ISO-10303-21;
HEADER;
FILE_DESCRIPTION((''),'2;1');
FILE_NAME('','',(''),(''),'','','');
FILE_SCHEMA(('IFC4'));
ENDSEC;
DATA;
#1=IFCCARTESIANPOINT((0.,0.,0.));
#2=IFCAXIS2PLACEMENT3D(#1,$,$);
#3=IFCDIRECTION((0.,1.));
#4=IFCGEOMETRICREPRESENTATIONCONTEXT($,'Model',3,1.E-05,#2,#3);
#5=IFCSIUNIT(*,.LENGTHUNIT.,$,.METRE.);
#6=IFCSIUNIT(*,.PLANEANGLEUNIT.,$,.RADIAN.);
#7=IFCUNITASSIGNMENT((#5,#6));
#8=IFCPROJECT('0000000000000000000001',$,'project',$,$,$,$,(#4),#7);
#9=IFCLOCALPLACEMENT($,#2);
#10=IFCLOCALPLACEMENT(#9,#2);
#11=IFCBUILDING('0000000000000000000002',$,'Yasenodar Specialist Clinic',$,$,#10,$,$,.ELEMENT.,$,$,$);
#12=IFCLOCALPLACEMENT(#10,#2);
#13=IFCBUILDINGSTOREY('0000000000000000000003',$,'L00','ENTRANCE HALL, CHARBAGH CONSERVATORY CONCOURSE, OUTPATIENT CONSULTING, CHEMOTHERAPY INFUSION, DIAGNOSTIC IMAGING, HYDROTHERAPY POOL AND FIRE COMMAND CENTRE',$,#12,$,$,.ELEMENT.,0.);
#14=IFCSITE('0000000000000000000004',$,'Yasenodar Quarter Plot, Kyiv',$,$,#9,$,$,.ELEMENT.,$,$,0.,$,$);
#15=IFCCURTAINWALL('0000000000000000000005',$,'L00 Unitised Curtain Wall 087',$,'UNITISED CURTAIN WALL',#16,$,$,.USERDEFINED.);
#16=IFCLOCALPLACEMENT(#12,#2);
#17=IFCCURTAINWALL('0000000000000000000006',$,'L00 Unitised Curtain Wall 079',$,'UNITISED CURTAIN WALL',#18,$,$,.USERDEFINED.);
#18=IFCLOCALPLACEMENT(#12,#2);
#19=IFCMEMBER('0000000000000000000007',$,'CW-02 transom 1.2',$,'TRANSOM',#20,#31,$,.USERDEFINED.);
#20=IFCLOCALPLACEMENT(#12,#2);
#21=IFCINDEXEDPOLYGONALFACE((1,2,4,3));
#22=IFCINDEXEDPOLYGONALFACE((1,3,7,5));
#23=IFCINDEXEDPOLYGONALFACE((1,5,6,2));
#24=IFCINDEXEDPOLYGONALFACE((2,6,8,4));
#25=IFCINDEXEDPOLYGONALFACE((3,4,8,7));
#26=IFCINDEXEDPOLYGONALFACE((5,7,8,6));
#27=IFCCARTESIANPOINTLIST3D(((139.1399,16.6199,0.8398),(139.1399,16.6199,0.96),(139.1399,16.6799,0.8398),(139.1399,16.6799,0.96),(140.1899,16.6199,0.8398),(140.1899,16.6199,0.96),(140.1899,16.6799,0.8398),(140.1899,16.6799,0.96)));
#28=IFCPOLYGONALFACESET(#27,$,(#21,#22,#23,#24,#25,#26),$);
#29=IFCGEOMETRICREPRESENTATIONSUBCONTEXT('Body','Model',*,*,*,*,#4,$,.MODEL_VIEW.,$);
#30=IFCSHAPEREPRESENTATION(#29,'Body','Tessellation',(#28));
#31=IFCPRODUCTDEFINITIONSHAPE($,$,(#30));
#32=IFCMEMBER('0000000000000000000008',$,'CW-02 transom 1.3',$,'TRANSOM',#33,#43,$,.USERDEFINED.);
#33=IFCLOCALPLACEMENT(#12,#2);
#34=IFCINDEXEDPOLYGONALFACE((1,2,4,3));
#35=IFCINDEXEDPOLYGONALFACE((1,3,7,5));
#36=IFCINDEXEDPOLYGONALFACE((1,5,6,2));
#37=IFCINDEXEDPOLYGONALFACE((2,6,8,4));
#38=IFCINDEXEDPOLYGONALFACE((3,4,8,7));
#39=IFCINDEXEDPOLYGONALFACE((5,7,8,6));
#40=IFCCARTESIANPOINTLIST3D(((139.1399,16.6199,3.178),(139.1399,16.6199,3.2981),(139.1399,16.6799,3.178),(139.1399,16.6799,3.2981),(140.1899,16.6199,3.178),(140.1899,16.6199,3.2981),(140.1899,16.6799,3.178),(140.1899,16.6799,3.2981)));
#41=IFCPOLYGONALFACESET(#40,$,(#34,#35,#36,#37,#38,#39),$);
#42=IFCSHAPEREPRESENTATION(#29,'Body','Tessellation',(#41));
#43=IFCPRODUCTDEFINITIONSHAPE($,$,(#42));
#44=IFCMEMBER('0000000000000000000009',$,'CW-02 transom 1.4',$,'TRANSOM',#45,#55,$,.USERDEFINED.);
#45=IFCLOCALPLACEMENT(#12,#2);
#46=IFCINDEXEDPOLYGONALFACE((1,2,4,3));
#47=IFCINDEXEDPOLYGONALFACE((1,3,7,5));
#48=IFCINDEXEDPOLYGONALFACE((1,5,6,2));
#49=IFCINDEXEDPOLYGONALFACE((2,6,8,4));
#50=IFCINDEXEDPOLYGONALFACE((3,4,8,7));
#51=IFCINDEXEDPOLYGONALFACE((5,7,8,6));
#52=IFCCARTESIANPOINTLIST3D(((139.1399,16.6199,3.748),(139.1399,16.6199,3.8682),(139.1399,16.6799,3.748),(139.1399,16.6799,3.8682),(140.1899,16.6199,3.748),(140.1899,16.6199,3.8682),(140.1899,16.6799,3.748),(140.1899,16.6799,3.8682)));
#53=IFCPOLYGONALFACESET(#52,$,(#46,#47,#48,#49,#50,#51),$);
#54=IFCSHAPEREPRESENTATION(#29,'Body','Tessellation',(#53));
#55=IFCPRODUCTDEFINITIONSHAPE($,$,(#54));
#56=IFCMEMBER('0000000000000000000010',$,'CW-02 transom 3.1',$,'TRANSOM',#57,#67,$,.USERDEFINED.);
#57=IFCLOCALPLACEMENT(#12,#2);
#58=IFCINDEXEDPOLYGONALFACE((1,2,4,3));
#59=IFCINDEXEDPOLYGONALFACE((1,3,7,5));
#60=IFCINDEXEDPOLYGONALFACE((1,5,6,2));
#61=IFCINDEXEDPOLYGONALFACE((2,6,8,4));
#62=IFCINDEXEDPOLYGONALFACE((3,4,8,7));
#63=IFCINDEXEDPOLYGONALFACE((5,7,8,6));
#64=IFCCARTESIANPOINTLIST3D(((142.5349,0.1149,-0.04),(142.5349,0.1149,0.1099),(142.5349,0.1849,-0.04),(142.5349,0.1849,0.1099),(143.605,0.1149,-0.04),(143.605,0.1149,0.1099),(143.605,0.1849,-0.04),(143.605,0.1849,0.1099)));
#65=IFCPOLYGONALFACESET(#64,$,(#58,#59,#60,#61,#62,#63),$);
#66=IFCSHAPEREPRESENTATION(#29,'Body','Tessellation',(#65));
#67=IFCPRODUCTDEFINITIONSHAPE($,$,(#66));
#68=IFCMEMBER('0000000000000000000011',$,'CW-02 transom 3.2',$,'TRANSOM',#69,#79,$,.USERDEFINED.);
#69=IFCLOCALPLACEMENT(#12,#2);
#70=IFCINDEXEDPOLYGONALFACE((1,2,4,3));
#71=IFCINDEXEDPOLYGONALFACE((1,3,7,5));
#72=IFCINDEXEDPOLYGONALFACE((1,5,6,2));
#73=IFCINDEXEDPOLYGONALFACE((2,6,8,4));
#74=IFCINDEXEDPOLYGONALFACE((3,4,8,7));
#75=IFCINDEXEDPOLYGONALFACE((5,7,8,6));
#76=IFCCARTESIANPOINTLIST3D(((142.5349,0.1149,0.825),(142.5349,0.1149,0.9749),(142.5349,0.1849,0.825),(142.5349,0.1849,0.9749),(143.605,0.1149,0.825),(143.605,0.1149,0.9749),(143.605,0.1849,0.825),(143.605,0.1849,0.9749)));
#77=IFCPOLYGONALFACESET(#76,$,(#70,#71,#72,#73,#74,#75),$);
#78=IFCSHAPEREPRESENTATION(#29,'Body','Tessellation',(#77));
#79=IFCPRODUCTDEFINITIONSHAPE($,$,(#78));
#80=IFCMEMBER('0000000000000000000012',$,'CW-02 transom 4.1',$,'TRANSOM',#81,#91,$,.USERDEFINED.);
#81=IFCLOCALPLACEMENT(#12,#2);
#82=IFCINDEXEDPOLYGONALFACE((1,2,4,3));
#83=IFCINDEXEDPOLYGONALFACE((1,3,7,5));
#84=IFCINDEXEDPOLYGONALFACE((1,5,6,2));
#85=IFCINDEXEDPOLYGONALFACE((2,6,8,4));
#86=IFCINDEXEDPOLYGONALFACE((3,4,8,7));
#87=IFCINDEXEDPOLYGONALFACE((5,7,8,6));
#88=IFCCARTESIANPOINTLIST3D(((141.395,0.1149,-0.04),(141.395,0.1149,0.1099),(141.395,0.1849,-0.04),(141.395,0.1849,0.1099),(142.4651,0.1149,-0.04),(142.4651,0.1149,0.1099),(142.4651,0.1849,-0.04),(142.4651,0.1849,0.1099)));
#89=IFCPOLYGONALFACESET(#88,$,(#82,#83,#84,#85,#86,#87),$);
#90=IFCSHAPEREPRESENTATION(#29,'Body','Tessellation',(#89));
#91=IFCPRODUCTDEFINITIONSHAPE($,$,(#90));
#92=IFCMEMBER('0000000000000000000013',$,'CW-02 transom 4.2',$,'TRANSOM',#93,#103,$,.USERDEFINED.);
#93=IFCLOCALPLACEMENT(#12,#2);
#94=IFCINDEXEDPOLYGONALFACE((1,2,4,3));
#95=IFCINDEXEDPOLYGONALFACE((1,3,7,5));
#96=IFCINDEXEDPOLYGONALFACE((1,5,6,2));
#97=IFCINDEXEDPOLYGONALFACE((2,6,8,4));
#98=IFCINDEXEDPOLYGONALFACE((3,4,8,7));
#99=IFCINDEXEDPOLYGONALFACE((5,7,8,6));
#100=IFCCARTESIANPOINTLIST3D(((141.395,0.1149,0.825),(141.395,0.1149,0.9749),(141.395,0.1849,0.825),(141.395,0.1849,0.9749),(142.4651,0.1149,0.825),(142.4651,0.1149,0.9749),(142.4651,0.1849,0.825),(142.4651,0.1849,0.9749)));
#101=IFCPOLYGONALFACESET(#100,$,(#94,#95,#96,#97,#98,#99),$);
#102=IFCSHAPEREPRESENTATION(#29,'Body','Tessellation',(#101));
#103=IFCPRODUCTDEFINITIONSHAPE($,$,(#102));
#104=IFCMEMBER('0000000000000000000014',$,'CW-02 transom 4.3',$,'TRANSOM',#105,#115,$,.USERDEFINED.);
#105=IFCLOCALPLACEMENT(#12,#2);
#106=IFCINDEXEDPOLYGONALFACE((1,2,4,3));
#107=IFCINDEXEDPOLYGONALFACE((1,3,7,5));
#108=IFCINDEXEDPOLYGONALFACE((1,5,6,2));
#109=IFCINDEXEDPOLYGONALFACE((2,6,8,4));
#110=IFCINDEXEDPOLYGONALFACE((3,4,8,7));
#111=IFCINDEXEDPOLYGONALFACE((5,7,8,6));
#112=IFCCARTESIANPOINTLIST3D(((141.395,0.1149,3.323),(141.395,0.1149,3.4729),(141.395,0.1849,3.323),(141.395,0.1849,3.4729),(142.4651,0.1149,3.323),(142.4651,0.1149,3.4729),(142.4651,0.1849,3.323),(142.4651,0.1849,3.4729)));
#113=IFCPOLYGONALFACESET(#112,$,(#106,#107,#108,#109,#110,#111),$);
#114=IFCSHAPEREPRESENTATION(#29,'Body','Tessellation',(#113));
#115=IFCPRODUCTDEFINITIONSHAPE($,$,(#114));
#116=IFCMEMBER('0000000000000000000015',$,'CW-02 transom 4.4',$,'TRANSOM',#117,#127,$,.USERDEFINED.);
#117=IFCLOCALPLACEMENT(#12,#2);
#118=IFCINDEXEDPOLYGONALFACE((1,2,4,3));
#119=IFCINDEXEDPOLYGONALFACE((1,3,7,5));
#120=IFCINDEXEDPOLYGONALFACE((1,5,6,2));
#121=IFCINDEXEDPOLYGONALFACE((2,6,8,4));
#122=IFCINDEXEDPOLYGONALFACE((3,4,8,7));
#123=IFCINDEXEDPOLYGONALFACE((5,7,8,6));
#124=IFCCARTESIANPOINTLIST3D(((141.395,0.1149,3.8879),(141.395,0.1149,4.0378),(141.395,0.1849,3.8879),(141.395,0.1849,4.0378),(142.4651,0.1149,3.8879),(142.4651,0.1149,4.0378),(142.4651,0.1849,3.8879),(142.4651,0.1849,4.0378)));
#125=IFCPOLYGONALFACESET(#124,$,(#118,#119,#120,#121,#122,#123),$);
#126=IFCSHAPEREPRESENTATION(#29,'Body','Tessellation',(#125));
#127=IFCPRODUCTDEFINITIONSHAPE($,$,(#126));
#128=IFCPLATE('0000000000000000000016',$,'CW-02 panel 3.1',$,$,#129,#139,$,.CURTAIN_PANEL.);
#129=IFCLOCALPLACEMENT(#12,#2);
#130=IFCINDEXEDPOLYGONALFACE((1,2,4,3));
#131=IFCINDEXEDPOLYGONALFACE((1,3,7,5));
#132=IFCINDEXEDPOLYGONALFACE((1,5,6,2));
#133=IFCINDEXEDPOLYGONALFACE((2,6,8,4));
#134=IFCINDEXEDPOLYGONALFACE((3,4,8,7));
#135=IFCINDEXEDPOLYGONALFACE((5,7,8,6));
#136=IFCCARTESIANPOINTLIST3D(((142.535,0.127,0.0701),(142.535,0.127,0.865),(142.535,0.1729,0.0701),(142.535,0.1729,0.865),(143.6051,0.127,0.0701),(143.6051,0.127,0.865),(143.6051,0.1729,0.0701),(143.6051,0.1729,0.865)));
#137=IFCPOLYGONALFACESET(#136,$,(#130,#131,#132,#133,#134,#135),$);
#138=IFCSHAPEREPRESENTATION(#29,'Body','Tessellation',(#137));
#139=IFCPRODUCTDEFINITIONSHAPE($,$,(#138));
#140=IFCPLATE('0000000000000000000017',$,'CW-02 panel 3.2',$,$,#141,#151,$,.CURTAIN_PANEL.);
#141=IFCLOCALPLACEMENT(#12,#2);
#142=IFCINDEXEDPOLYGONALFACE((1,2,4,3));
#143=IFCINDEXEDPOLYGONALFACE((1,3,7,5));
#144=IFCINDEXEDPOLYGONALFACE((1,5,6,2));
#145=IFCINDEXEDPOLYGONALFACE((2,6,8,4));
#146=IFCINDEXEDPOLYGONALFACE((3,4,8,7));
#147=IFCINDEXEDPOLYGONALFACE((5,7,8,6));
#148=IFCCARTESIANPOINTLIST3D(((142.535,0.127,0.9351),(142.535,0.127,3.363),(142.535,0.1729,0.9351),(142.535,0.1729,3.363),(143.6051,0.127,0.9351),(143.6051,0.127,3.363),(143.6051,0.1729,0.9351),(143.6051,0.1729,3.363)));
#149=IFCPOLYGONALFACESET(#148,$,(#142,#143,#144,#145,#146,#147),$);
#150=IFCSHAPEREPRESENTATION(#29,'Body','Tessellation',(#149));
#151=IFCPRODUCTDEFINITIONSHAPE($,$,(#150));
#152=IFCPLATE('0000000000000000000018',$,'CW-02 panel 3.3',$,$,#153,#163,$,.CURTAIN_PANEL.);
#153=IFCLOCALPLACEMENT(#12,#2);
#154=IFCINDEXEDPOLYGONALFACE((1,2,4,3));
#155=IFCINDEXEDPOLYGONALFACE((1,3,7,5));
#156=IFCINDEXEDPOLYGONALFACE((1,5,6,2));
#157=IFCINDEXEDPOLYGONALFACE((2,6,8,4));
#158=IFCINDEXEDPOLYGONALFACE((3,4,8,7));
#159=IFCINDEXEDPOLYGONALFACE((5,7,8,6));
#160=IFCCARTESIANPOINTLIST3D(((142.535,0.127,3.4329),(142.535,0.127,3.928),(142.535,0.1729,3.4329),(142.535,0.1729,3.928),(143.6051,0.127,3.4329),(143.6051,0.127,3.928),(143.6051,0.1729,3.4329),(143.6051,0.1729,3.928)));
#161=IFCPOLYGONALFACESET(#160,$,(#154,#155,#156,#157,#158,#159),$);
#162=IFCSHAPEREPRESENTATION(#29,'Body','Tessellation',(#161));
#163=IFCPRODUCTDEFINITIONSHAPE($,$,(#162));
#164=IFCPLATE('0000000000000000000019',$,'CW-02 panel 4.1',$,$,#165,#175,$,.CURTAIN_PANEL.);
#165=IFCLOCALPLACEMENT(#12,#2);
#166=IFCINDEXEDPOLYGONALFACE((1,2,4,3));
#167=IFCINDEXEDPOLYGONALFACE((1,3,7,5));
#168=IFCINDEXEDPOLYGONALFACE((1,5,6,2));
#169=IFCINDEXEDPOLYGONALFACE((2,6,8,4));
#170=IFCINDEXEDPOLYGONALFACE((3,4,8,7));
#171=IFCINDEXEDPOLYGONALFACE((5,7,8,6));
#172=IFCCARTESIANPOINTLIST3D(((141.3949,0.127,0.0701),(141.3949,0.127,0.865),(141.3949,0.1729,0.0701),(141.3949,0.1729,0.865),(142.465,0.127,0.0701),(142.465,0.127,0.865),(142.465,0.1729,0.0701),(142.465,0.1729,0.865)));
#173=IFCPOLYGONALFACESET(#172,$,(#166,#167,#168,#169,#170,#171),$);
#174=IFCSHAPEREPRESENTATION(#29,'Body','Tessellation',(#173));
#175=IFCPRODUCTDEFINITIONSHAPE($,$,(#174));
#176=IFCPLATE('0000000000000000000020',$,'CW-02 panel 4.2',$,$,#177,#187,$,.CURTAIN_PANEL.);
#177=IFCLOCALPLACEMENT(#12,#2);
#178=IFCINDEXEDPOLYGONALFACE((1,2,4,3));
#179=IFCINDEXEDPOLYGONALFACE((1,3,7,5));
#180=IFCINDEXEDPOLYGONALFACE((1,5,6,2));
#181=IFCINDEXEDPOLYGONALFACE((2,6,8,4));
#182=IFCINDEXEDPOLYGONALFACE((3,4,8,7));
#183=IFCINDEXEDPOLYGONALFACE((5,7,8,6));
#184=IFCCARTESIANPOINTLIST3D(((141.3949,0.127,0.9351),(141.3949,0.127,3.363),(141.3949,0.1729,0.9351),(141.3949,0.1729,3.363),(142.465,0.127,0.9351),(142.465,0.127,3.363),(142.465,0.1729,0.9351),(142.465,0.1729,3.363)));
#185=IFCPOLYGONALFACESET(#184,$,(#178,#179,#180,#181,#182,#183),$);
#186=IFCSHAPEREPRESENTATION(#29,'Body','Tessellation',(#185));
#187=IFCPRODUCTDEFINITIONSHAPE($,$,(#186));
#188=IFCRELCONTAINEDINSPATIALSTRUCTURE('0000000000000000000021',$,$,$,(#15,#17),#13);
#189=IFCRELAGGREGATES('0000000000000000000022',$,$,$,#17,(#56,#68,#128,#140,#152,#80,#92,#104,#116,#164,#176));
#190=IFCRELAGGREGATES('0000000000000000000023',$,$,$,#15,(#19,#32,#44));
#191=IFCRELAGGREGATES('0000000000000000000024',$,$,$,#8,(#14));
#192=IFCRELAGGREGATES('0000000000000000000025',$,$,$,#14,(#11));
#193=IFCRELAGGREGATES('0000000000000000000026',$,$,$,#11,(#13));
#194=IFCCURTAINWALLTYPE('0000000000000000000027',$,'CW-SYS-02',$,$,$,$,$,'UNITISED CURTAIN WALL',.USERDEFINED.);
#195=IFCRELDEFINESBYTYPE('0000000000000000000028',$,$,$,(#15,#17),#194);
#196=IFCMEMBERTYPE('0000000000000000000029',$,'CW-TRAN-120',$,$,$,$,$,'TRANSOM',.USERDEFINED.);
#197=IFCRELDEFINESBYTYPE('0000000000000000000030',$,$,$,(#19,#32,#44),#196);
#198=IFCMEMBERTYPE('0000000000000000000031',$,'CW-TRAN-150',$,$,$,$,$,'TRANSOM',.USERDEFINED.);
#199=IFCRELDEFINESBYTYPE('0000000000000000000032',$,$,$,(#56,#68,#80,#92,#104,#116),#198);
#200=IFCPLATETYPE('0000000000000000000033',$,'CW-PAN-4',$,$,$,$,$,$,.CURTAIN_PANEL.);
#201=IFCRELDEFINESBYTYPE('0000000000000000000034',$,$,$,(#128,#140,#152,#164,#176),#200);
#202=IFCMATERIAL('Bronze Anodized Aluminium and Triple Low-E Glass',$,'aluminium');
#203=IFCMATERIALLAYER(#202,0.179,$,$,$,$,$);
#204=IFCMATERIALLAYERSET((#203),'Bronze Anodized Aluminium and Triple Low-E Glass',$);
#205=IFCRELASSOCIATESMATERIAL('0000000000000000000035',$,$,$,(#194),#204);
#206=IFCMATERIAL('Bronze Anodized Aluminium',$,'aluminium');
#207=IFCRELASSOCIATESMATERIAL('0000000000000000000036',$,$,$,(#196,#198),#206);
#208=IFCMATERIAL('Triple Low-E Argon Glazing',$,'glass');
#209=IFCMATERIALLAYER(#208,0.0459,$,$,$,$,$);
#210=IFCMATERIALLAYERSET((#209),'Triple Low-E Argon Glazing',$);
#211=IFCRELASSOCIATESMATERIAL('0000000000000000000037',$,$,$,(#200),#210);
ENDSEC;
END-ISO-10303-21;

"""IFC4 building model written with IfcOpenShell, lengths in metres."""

from ifc_helpers import new_model, si_unit, direction, frame, origin, origin_2d, place, context, subcontext, project, spatial, rectangle, extrude, material, layer, layer_set, material_profile, profile_set, type_object, element, aggregate, save


model = new_model("IFC4")

# Units and contexts
model_context = context("Model", 3, precision=1e-05, world=origin(), true_north=direction((0.0, 1.0)))
body_context = subcontext(model_context, "Body", "Model", "MODEL_VIEW")
ifc_project = project(units=[si_unit("LENGTHUNIT", "METRE"), si_unit("PLANEANGLEUNIT", "RADIAN")], contexts=[model_context])

# Site, building, storey
site_placement = place(None, origin())
site = spatial("IfcSite", under=ifc_project, at=site_placement, Name="Yasenodar Quarter Plot, Kyiv", CompositionType="ELEMENT", RefElevation=0.0)
building_placement = place(site_placement, origin())
building = spatial("IfcBuilding", under=site, at=building_placement, Name="Yasenodar Specialist Clinic", CompositionType="ELEMENT")
storey_placement = place(building_placement, origin())
storey = spatial("IfcBuildingStorey", under=building, at=storey_placement, Name="L00", Description="ENTRANCE HALL, CHARBAGH CONSERVATORY CONCOURSE, OUTPATIENT CONSULTING, CHEMOTHERAPY INFUSION, DIAGNOSTIC IMAGING, HYDROTHERAPY POOL AND FIRE COMMAND CENTRE", CompositionType="ELEMENT", Elevation=0.0)

# Curtain walls
ifc_material_1 = material(Name="Bronze Anodized Aluminium and Triple Low-E Glass", Category="aluminium")
ifc_layer_1 = layer(ifc_material_1, 0.179)
ifc_layer_set_1 = layer_set([ifc_layer_1], Name="Bronze Anodized Aluminium and Triple Low-E Glass")
curtain_wall_type = type_object("IfcCurtainWallType", Name="CW-SYS-02", ElementType="UNITISED CURTAIN WALL", PredefinedType="USERDEFINED", material=ifc_layer_set_1)
curtain_wall_1_placement = place(storey_placement, origin())
curtain_wall_1 = element("IfcCurtainWall", 1, at=curtain_wall_1_placement, inside=storey, type_object=curtain_wall_type, Name="L00 Unitised Curtain Wall 087", ObjectType="UNITISED CURTAIN WALL", PredefinedType="USERDEFINED")
ifc_material_2 = material(Name="Bronze Anodized Aluminium", Category="aluminium")
curtain_wall_2_placement = place(storey_placement, origin())
curtain_wall_2 = element("IfcCurtainWall", 2, at=curtain_wall_2_placement, inside=storey, type_object=curtain_wall_type, Name="L00 Unitised Curtain Wall 079", ObjectType="UNITISED CURTAIN WALL", PredefinedType="USERDEFINED")

# Members
ifc_material_profile_1 = material_profile(ifc_material_2, rectangle(XDim=0.0601, YDim=0.1201, at=origin_2d()), Name="CW-TRAN 60x120")
ifc_profile_set_1 = profile_set([ifc_material_profile_1], Name="Bronze Anodized Aluminium")
member_type_1 = type_object("IfcMemberType", Name="CW-TRAN-120", ElementType="TRANSOM", PredefinedType="USERDEFINED", material=ifc_profile_set_1)
member_1_placement = place(storey_placement, frame((139.1399, 16.6499, 0.8999), z_axis=(1.0, 0.0, 0.0), x_axis=(0.0, 1.0, 0.0)))
member_1 = element("IfcMember", 3, at=member_1_placement, type_object=member_type_1, Name="CW-02 transom 1.2", ObjectType="TRANSOM", PredefinedType="USERDEFINED", context=body_context, shape_type="SweptSolid", body=[
    extrude(rectangle(XDim=0.0601, YDim=0.1201, at=origin_2d()), origin(), (0.0, 0.0, 1.0), 1.05),
])
member_2_placement = place(storey_placement, frame((139.1399, 16.6499, 3.238), z_axis=(1.0, 0.0, 0.0), x_axis=(0.0, 1.0, 0.0)))
member_2 = element("IfcMember", 4, at=member_2_placement, type_object=member_type_1, Name="CW-02 transom 1.3", ObjectType="TRANSOM", PredefinedType="USERDEFINED", context=body_context, shape_type="SweptSolid", body=[
    extrude(rectangle(XDim=0.0601, YDim=0.1201, at=origin_2d()), origin(), (0.0, 0.0, 1.0), 1.05),
])
member_3_placement = place(storey_placement, frame((139.1399, 16.6499, 3.8081), z_axis=(1.0, 0.0, 0.0), x_axis=(0.0, 1.0, 0.0)))
member_3 = element("IfcMember", 5, at=member_3_placement, type_object=member_type_1, Name="CW-02 transom 1.4", ObjectType="TRANSOM", PredefinedType="USERDEFINED", context=body_context, shape_type="SweptSolid", body=[
    extrude(rectangle(XDim=0.0601, YDim=0.1201, at=origin_2d()), origin(), (0.0, 0.0, 1.0), 1.05),
])
ifc_material_profile_2 = material_profile(ifc_material_2, rectangle(XDim=0.0701, YDim=0.1499, at=origin_2d()), Name="CW-TRAN 70x150")
ifc_profile_set_2 = profile_set([ifc_material_profile_2], Name="Bronze Anodized Aluminium")
member_type_2 = type_object("IfcMemberType", Name="CW-TRAN-150", ElementType="TRANSOM", PredefinedType="USERDEFINED", material=ifc_profile_set_2)
member_4_placement = place(storey_placement, frame((143.605, 0.1499, 0.0349), z_axis=(-1.0, 0.0, 0.0), x_axis=(0.0, -1.0, 0.0)))
member_4 = element("IfcMember", 6, at=member_4_placement, type_object=member_type_2, Name="CW-02 transom 3.1", ObjectType="TRANSOM", PredefinedType="USERDEFINED", context=body_context, shape_type="SweptSolid", body=[
    extrude(rectangle(XDim=0.0701, YDim=0.1499, at=origin_2d()), origin(), (0.0, 0.0, 1.0), 1.0701),
])
member_5_placement = place(storey_placement, frame((143.605, 0.1499, 0.8999), z_axis=(-1.0, 0.0, 0.0), x_axis=(0.0, -1.0, 0.0)))
member_5 = element("IfcMember", 7, at=member_5_placement, type_object=member_type_2, Name="CW-02 transom 3.2", ObjectType="TRANSOM", PredefinedType="USERDEFINED", context=body_context, shape_type="SweptSolid", body=[
    extrude(rectangle(XDim=0.0701, YDim=0.1499, at=origin_2d()), origin(), (0.0, 0.0, 1.0), 1.0701),
])
member_6_placement = place(storey_placement, frame((142.4651, 0.1499, 0.0349), z_axis=(-1.0, 0.0, 0.0), x_axis=(0.0, -1.0, 0.0)))
member_6 = element("IfcMember", 8, at=member_6_placement, type_object=member_type_2, Name="CW-02 transom 4.1", ObjectType="TRANSOM", PredefinedType="USERDEFINED", context=body_context, shape_type="SweptSolid", body=[
    extrude(rectangle(XDim=0.0701, YDim=0.1499, at=origin_2d()), origin(), (0.0, 0.0, 1.0), 1.0701),
])
member_7_placement = place(storey_placement, frame((142.4651, 0.1499, 0.8999), z_axis=(-1.0, 0.0, 0.0), x_axis=(0.0, -1.0, 0.0)))
member_7 = element("IfcMember", 9, at=member_7_placement, type_object=member_type_2, Name="CW-02 transom 4.2", ObjectType="TRANSOM", PredefinedType="USERDEFINED", context=body_context, shape_type="SweptSolid", body=[
    extrude(rectangle(XDim=0.0701, YDim=0.1499, at=origin_2d()), origin(), (0.0, 0.0, 1.0), 1.0701),
])
member_8_placement = place(storey_placement, frame((142.4651, 0.1499, 3.3979), z_axis=(-1.0, 0.0, 0.0), x_axis=(0.0, -1.0, 0.0)))
member_8 = element("IfcMember", 10, at=member_8_placement, type_object=member_type_2, Name="CW-02 transom 4.3", ObjectType="TRANSOM", PredefinedType="USERDEFINED", context=body_context, shape_type="SweptSolid", body=[
    extrude(rectangle(XDim=0.0701, YDim=0.1499, at=origin_2d()), origin(), (0.0, 0.0, 1.0), 1.0701),
])
member_9_placement = place(storey_placement, frame((142.4651, 0.1499, 3.9629), z_axis=(-1.0, 0.0, 0.0), x_axis=(0.0, -1.0, 0.0)))
member_9 = element("IfcMember", 11, at=member_9_placement, type_object=member_type_2, Name="CW-02 transom 4.4", ObjectType="TRANSOM", PredefinedType="USERDEFINED", context=body_context, shape_type="SweptSolid", body=[
    extrude(rectangle(XDim=0.0701, YDim=0.1499, at=origin_2d()), origin(), (0.0, 0.0, 1.0), 1.0701),
])

# Plates
ifc_material_3 = material(Name="Triple Low-E Argon Glazing", Category="glass")
ifc_layer_2 = layer(ifc_material_3, 0.0459)
ifc_layer_set_2 = layer_set([ifc_layer_2], Name="Triple Low-E Argon Glazing")
plate_type = type_object("IfcPlateType", Name="CW-PAN-4", PredefinedType="CURTAIN_PANEL", material=ifc_layer_set_2)
plate_1_placement = place(storey_placement, frame((143.0701, 0.1499, 0.0701), z_axis=(0.0, 0.0, 1.0), x_axis=(-1.0, 0.0, 0.0)))
plate_1 = element("IfcPlate", 12, at=plate_1_placement, type_object=plate_type, Name="CW-02 panel 3.1", PredefinedType="CURTAIN_PANEL", context=body_context, shape_type="SweptSolid", body=[
    extrude(rectangle(XDim=1.0701, YDim=0.0459, at=origin_2d()), origin(), (0.0, 0.0, 1.0), 0.7949),
])
plate_2_placement = place(storey_placement, frame((143.0701, 0.1499, 0.9351), z_axis=(0.0, 0.0, 1.0), x_axis=(-1.0, 0.0, 0.0)))
plate_2 = element("IfcPlate", 13, at=plate_2_placement, type_object=plate_type, Name="CW-02 panel 3.2", PredefinedType="CURTAIN_PANEL", context=body_context, shape_type="SweptSolid", body=[
    extrude(rectangle(XDim=1.0701, YDim=0.0459, at=origin_2d()), origin(), (0.0, 0.0, 1.0), 2.428),
])
plate_3_placement = place(storey_placement, frame((143.0701, 0.1499, 3.4329), z_axis=(0.0, 0.0, 1.0), x_axis=(-1.0, 0.0, 0.0)))
plate_3 = element("IfcPlate", 14, at=plate_3_placement, type_object=plate_type, Name="CW-02 panel 3.3", PredefinedType="CURTAIN_PANEL", context=body_context, shape_type="SweptSolid", body=[
    extrude(rectangle(XDim=1.0701, YDim=0.0459, at=origin_2d()), origin(), (0.0, 0.0, 1.0), 0.4951),
])
plate_4_placement = place(storey_placement, frame((141.9299, 0.1499, 0.0701), z_axis=(0.0, 0.0, 1.0), x_axis=(-1.0, 0.0, 0.0)))
plate_4 = element("IfcPlate", 15, at=plate_4_placement, type_object=plate_type, Name="CW-02 panel 4.1", PredefinedType="CURTAIN_PANEL", context=body_context, shape_type="SweptSolid", body=[
    extrude(rectangle(XDim=1.0701, YDim=0.0459, at=origin_2d()), origin(), (0.0, 0.0, 1.0), 0.7949),
])
plate_5_placement = place(storey_placement, frame((141.9299, 0.1499, 0.9351), z_axis=(0.0, 0.0, 1.0), x_axis=(-1.0, 0.0, 0.0)))
plate_5 = element("IfcPlate", 16, at=plate_5_placement, type_object=plate_type, Name="CW-02 panel 4.2", PredefinedType="CURTAIN_PANEL", context=body_context, shape_type="SweptSolid", body=[
    extrude(rectangle(XDim=1.0701, YDim=0.0459, at=origin_2d()), origin(), (0.0, 0.0, 1.0), 2.428),
])
aggregate(curtain_wall_2, [member_4, member_5, plate_1, plate_2, plate_3, member_6, member_7, member_8, member_9, plate_4, plate_5])
aggregate(curtain_wall_1, [member_1, member_2, member_3])

save(model, "model.ifc")
